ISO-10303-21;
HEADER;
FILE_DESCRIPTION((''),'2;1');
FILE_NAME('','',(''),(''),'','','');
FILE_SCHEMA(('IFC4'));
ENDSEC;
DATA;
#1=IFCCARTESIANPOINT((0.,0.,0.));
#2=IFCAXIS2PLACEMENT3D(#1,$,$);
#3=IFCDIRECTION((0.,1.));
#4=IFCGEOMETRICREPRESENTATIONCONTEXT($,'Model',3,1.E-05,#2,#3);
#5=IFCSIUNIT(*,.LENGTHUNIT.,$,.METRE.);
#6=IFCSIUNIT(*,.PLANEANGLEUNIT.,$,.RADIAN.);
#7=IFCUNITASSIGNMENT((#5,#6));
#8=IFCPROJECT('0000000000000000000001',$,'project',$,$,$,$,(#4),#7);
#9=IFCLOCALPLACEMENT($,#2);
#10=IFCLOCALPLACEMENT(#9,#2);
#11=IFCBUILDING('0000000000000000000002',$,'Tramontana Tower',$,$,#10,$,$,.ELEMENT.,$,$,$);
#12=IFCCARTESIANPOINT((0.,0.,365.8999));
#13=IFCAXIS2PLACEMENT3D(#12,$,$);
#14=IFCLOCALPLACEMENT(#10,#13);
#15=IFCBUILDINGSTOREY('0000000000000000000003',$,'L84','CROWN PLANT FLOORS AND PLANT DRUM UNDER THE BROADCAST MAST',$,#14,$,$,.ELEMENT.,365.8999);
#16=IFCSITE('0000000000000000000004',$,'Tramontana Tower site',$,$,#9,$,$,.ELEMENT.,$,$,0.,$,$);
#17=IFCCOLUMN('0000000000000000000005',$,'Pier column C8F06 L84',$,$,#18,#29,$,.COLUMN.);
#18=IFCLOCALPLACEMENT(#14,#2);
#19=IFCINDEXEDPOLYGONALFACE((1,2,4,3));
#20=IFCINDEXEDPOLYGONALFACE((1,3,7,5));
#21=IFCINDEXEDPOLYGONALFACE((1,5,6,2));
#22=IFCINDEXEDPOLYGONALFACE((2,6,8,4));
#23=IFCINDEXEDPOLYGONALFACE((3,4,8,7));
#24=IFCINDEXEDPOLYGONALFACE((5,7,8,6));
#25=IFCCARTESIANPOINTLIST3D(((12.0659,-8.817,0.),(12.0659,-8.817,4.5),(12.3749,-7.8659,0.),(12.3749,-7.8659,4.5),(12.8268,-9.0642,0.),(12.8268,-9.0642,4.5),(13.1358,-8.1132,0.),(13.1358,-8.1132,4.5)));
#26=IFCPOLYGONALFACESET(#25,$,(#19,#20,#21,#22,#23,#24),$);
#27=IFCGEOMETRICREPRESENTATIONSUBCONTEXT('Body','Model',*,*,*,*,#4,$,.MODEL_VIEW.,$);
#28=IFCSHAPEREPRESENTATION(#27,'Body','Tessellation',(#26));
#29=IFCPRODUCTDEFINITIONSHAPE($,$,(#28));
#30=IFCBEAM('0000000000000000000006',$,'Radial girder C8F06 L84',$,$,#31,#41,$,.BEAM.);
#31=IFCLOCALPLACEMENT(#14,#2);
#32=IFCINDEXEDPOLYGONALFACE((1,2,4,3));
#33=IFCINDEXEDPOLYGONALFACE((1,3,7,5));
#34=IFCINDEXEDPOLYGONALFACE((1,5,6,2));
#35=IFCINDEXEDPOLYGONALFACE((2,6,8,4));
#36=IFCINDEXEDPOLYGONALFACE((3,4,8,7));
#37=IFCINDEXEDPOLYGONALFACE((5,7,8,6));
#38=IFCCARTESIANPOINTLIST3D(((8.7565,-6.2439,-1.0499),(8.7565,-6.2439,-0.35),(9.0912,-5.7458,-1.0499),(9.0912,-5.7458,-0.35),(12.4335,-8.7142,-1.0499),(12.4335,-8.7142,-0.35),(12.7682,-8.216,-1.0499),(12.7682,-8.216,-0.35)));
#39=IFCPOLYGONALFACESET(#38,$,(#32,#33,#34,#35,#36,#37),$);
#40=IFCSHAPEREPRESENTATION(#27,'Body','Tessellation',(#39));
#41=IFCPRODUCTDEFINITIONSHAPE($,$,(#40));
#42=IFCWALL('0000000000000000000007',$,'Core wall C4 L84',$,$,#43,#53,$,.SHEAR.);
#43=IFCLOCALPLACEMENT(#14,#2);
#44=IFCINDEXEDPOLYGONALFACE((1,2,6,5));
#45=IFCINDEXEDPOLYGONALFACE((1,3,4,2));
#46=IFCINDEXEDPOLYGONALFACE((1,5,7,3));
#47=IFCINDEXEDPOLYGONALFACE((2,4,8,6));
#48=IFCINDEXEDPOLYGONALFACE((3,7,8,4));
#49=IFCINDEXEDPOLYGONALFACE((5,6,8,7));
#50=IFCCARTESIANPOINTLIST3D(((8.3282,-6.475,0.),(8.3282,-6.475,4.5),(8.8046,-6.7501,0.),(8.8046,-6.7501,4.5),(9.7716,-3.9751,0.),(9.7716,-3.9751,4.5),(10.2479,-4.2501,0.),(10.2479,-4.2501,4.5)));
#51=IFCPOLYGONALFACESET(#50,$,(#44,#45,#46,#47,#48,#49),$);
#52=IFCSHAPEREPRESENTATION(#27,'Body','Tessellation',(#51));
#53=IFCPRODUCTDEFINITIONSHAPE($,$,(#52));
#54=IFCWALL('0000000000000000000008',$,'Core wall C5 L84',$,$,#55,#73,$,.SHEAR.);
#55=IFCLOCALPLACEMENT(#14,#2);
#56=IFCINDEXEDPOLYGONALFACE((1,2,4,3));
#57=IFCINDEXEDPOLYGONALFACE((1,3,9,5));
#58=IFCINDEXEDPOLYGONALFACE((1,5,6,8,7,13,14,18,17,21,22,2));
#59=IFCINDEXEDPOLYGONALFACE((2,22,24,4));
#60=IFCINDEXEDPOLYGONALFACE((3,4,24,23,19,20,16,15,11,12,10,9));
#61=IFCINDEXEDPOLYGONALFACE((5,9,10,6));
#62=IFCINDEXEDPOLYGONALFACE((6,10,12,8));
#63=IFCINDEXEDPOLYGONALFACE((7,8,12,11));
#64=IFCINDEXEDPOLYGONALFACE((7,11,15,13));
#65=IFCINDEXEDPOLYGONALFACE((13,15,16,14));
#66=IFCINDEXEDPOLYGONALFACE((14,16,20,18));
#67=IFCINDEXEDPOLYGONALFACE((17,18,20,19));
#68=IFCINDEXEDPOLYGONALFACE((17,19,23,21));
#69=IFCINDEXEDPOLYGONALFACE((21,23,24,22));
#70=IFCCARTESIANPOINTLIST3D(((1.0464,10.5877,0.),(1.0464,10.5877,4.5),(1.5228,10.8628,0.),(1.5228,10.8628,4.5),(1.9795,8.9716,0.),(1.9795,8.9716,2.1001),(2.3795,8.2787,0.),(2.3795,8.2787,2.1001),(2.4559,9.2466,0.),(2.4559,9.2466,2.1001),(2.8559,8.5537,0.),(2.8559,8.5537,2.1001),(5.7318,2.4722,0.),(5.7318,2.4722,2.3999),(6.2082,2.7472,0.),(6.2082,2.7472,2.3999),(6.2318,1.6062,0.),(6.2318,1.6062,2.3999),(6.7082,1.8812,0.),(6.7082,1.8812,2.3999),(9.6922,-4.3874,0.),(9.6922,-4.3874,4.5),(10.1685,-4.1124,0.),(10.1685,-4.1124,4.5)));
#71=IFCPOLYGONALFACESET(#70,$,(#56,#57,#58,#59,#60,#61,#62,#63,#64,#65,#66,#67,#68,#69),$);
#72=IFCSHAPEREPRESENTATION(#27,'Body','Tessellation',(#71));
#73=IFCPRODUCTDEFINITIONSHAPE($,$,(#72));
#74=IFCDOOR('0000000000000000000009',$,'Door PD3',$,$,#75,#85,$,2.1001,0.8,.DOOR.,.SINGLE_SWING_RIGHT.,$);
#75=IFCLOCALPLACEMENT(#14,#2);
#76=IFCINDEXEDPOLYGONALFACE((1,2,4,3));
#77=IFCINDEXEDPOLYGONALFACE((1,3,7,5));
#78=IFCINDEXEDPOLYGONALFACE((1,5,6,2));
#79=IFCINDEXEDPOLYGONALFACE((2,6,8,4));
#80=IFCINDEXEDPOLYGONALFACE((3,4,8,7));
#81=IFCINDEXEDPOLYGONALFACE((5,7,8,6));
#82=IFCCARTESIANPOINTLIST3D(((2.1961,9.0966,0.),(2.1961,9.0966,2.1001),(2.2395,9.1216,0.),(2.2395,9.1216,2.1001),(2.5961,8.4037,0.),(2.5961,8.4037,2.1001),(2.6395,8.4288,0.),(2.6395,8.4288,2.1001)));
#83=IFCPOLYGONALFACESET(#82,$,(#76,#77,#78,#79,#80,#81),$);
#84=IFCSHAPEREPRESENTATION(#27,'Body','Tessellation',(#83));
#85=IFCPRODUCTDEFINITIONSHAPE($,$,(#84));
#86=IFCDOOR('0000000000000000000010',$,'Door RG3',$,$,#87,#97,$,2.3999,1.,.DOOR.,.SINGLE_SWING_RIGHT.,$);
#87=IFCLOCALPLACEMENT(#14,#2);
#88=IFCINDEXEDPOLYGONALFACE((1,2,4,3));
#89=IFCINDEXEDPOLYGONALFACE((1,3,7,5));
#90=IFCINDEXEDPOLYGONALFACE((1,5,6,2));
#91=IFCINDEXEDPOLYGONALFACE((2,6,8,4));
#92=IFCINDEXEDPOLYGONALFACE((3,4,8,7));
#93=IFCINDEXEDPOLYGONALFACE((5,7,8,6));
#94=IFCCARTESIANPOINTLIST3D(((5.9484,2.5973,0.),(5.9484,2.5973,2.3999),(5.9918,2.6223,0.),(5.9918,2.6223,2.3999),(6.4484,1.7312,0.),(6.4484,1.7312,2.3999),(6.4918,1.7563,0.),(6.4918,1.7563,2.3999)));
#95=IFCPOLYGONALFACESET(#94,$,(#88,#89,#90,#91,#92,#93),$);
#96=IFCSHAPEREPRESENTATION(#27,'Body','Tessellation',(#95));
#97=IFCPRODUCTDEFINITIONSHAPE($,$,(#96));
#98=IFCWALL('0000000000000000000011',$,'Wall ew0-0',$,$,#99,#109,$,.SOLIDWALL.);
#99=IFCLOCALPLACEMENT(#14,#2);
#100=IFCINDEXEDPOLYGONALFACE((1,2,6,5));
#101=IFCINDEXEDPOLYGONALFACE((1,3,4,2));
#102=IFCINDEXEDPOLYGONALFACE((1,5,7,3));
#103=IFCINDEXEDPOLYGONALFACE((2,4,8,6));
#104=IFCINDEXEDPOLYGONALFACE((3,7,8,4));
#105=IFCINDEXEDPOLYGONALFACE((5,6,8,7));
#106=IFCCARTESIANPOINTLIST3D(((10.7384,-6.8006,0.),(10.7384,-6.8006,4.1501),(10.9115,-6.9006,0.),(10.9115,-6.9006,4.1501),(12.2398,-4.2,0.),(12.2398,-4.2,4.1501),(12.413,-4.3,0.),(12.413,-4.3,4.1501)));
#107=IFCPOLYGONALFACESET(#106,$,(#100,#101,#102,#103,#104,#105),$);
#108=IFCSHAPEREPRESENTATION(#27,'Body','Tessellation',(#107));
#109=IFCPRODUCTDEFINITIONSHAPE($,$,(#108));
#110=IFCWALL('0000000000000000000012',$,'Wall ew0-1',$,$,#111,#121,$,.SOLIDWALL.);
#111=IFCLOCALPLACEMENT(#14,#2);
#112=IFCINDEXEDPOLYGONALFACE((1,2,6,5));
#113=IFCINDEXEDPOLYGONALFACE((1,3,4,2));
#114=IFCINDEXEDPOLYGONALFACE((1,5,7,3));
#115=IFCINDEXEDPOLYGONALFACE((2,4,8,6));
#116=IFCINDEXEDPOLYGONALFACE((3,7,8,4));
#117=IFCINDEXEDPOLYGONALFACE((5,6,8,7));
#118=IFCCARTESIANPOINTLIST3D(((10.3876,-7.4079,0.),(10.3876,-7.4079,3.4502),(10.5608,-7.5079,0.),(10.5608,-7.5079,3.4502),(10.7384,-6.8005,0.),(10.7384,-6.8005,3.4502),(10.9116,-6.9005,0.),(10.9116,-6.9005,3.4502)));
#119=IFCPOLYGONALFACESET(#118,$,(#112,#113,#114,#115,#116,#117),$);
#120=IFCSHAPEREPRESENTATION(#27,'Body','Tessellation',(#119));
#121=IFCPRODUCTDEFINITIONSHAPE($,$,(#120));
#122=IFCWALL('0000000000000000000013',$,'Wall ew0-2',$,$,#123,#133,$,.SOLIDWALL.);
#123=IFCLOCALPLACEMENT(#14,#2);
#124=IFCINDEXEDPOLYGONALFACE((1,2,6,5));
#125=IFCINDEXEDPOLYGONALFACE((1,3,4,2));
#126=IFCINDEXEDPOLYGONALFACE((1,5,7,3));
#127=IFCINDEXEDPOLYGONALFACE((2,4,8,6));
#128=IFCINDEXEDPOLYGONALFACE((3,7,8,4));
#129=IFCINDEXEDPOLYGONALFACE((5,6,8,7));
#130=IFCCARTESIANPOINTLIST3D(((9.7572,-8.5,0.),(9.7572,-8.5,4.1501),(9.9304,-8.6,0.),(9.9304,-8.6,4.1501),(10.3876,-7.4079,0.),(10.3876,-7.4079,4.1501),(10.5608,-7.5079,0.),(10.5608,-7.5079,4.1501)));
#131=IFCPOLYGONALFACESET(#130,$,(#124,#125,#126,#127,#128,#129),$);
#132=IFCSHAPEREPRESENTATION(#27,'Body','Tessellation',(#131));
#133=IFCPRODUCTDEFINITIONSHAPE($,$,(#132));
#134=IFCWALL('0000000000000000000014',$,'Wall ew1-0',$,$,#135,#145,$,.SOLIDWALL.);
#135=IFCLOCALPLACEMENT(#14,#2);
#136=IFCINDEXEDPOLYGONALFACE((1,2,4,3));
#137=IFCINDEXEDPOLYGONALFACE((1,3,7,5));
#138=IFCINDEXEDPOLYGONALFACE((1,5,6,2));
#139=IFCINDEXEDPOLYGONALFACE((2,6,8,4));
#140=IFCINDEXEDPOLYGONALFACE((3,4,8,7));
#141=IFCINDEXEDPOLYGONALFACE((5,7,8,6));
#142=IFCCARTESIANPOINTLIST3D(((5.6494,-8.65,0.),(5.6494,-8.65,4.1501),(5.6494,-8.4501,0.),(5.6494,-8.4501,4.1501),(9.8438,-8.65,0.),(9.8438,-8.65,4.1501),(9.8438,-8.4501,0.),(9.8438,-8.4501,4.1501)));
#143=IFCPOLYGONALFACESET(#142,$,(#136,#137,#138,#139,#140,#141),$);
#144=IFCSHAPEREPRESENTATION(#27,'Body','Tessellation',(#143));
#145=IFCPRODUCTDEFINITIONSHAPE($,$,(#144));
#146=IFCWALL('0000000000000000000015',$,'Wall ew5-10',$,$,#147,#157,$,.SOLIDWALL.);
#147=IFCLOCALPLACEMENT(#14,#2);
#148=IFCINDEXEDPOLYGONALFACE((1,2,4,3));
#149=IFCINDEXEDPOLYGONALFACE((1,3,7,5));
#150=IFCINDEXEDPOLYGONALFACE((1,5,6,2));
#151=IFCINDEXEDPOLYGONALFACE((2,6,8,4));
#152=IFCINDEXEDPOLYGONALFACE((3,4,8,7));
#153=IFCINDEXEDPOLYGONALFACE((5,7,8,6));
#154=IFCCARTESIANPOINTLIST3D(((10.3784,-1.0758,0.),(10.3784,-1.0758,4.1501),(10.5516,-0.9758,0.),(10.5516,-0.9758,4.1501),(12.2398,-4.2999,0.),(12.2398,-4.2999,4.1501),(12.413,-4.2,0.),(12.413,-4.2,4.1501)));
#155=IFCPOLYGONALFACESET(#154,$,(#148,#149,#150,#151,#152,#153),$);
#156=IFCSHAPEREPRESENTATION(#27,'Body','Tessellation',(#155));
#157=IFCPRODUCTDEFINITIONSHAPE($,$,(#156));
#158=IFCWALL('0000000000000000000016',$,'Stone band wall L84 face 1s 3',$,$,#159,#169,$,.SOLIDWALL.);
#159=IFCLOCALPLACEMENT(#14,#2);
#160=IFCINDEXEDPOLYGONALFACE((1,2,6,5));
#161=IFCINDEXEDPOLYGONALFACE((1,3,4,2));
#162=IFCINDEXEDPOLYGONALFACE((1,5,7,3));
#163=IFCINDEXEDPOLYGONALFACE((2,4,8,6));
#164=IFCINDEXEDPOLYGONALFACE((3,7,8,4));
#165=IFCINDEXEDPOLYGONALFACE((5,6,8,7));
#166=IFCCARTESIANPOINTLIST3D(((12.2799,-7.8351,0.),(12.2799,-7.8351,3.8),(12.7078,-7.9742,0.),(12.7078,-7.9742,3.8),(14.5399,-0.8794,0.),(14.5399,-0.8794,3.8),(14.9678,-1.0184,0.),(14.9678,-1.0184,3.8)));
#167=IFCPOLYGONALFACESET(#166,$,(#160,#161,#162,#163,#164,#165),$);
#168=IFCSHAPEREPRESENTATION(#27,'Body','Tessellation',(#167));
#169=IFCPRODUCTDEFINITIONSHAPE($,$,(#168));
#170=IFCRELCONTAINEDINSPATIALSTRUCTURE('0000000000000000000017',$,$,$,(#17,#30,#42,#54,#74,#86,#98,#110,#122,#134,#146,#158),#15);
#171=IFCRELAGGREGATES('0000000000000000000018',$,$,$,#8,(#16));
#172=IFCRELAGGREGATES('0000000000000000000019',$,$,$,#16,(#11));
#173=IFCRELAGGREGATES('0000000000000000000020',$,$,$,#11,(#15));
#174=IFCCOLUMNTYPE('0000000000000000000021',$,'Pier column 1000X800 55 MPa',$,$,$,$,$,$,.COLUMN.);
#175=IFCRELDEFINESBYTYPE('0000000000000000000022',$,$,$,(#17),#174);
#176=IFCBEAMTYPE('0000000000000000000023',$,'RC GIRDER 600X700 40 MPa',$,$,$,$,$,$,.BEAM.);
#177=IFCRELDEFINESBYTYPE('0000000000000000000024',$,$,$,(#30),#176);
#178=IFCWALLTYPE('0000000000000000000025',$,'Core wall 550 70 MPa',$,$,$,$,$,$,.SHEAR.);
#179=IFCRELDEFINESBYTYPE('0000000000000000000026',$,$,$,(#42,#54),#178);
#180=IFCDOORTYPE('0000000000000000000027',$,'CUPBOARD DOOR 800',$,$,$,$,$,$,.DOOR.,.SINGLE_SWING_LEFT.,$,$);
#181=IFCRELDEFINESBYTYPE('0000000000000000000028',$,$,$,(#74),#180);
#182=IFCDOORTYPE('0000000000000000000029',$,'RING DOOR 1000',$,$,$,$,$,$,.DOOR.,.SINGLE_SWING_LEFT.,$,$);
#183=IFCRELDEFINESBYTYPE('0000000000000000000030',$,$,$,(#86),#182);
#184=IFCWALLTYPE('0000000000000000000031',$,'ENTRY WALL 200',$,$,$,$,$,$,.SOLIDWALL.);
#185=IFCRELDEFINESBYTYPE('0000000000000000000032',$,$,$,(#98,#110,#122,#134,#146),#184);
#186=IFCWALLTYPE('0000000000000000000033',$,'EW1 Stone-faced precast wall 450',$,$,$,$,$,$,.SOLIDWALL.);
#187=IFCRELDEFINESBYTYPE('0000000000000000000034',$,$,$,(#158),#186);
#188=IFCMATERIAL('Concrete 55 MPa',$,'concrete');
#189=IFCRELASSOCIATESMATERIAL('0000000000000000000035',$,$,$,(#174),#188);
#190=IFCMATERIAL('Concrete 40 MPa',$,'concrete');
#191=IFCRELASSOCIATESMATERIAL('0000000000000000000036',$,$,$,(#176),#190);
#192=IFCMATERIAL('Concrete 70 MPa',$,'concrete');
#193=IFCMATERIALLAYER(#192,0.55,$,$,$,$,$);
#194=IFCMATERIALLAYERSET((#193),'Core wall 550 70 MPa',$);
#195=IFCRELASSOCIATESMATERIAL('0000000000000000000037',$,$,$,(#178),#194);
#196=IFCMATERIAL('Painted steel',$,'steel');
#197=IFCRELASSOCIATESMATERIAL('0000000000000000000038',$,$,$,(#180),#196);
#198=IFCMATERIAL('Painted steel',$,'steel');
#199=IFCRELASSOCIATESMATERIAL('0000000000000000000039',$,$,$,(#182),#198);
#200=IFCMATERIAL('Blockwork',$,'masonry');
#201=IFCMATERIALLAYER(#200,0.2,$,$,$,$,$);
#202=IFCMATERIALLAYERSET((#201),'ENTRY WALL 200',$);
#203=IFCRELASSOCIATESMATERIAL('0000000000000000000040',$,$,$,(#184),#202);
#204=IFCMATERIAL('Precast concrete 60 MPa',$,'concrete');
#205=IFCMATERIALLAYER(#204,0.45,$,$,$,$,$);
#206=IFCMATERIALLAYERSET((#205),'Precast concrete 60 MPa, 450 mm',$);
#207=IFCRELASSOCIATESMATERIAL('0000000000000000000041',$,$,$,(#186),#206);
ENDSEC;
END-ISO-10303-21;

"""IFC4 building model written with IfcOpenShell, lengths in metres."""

from ifc_helpers import new_model, si_unit, direction, frame, frame_2d, origin, origin_2d, place, context, subcontext, project, spatial, rectangle, extrude, material, layer, layer_set, material_profile, profile_set, type_object, element, fill, save


model = new_model("IFC4")

# Units and contexts
model_context = context("Model", 3, precision=1e-05, world=origin(), true_north=direction((0.0, 1.0)))
body_context = subcontext(model_context, "Body", "Model", "MODEL_VIEW")
ifc_project = project(units=[si_unit("LENGTHUNIT", "METRE"), si_unit("PLANEANGLEUNIT", "RADIAN")], contexts=[model_context])

# Site, building, storey
site_placement = place(None, origin())
site = spatial("IfcSite", under=ifc_project, at=site_placement, Name="Tramontana Tower site", CompositionType="ELEMENT", RefElevation=0.0)
building_placement = place(site_placement, origin())
building = spatial("IfcBuilding", under=site, at=building_placement, Name="Tramontana Tower", CompositionType="ELEMENT")
storey_placement = place(building_placement, frame((0.0, 0.0, 365.8999)))
storey = spatial("IfcBuildingStorey", under=building, at=storey_placement, Name="L84", Description="CROWN PLANT FLOORS AND PLANT DRUM UNDER THE BROADCAST MAST", CompositionType="ELEMENT", Elevation=365.8999)

# Column
ifc_material_1 = material(Name="Concrete 55 MPa", Category="concrete")
ifc_material_profile_1 = material_profile(ifc_material_1, rectangle(XDim=1.0, YDim=0.8, at=origin_2d()), Name="Pier column 1000X800 55 MPa")
ifc_profile_set_1 = profile_set([ifc_material_profile_1], Name="Concrete 55 MPa")
column_type = type_object("IfcColumnType", Name="Pier column 1000X800 55 MPa", PredefinedType="COLUMN", material=ifc_profile_set_1)
column_placement = place(storey_placement, frame((12.6008, -8.4651, 0.0), z_axis=(0.0, 0.0, 1.0), x_axis=(0.309017, 0.951057, 0.0)))
element("IfcColumn", 1, at=column_placement, inside=storey, type_object=column_type, Name="Pier column C8F06 L84", PredefinedType="COLUMN", context=body_context, shape_type="SweptSolid", body=[
    extrude(rectangle(XDim=1.0, YDim=0.8, at=origin_2d()), origin(), (0.0, 0.0, 1.0), 4.5),
])

# Beam
ifc_material_2 = material(Name="Concrete 40 MPa", Category="concrete")
ifc_material_profile_2 = material_profile(ifc_material_2, rectangle(XDim=0.6001, YDim=0.7, at=origin_2d()), Name="RC GIRDER 600X700 40 MPa")
ifc_profile_set_2 = profile_set([ifc_material_profile_2], Name="Concrete 40 MPa")
beam_type = type_object("IfcBeamType", Name="RC GIRDER 600X700 40 MPa", PredefinedType="BEAM", material=ifc_profile_set_2)
beam_placement = place(storey_placement, frame((12.6008, -8.4651, -0.7), z_axis=(-0.830078, 0.557647, 0.0), x_axis=(-0.557647, -0.830078, 0.0)))
element("IfcBeam", 2, at=beam_placement, inside=storey, type_object=beam_type, Name="Radial girder C8F06 L84", PredefinedType="BEAM", context=body_context, shape_type="SweptSolid", body=[
    extrude(rectangle(XDim=0.6001, YDim=0.7, at=origin_2d()), origin(), (0.0, 0.0, 1.0), 4.4297),
])

# Wall
ifc_material_3 = material(Name="Concrete 70 MPa", Category="concrete")
ifc_layer_1 = layer(ifc_material_3, 0.55)
ifc_layer_set_1 = layer_set([ifc_layer_1], Name="Core wall 550 70 MPa")
wall_type_1 = type_object("IfcWallType", Name="Core wall 550 70 MPa", PredefinedType="SHEAR", material=ifc_layer_set_1)
wall_1_placement = place(storey_placement, frame((8.5664, -6.6125, 0.0), z_axis=(0.0, 0.0, 1.0), x_axis=(0.499996, 0.866028, 0.0)))
element("IfcWall", 3, at=wall_1_placement, inside=storey, type_object=wall_type_1, Name="Core wall C4 L84", PredefinedType="SHEAR", context=body_context, shape_type="SweptSolid", body=[
    extrude(rectangle(XDim=2.8867, YDim=0.55, at=frame_2d((1.4434, 0.0))), origin(), (0.0, 0.0, 1.0), 4.5),
])

# Wall, openings, doors
wall_2_placement = place(storey_placement, frame((9.9304, -4.25, 0.0), z_axis=(0.0, 0.0, 1.0), x_axis=(-0.499995, 0.866029, 0.0)))
wall_2 = element("IfcWall", 4, at=wall_2_placement, inside=storey, type_object=wall_type_1, Name="Core wall C5 L84", PredefinedType="SHEAR", context=body_context, shape_type="SweptSolid", body=[
    extrude(rectangle(XDim=17.2917, YDim=0.55, at=frame_2d((8.646, 0.0))), origin(), (0.0, 0.0, 1.0), 4.5),
])
opening_1_placement = place(wall_2_placement, frame((6.9209, 0.0, 0.0)))
opening_1 = element("IfcOpeningElement", 5, at=opening_1_placement, cuts=wall_2, PredefinedType="OPENING", context=body_context, shape_type="SweptSolid", body=[
    extrude(rectangle(XDim=1.0, YDim=2.3999, at=frame_2d((0.5, 1.2))), frame((0.0, 0.2849, 0.0), z_axis=(0.0, -1.0, 0.0), x_axis=(1.0, 0.0, 0.0)), (0.0, 0.0, 1.0), 0.5701),
])
opening_2_placement = place(wall_2_placement, frame((14.6257, 0.0, 0.0)))
opening_2 = element("IfcOpeningElement", 6, at=opening_2_placement, cuts=wall_2, PredefinedType="OPENING", context=body_context, shape_type="SweptSolid", body=[
    extrude(rectangle(XDim=0.8, YDim=2.1001, at=frame_2d((0.3999, 1.05))), frame((0.0, 0.2849, 0.0), z_axis=(0.0, -1.0, 0.0), x_axis=(1.0, 0.0, 0.0)), (0.0, 0.0, 1.0), 0.5701),
])
ifc_material_4 = material(Name="Painted steel", Category="steel")
door_type_1 = type_object("IfcDoorType", Name="CUPBOARD DOOR 800", OperationType="SINGLE_SWING_LEFT", PredefinedType="DOOR", material=ifc_material_4)
door_1_placement = place(opening_2_placement, origin())
door_1 = element("IfcDoor", 7, at=door_1_placement, inside=storey, type_object=door_type_1, Name="Door PD3", OperationType="SINGLE_SWING_RIGHT", OverallHeight=2.1001, OverallWidth=0.8, PredefinedType="DOOR", context=body_context, shape_type="SweptSolid", body=[
    extrude(rectangle(XDim=0.8, YDim=2.1001, at=frame_2d((0.3999, 1.05))), frame((0.0, 0.0249, 0.0), z_axis=(0.0, -1.0, 0.0), x_axis=(1.0, 0.0, 0.0)), (0.0, 0.0, 1.0), 0.05),
])
fill(opening_2, door_1)
ifc_material_5 = material(Name="Painted steel", Category="steel")
door_type_2 = type_object("IfcDoorType", Name="RING DOOR 1000", OperationType="SINGLE_SWING_LEFT", PredefinedType="DOOR", material=ifc_material_5)
door_2_placement = place(opening_1_placement, origin())
door_2 = element("IfcDoor", 8, at=door_2_placement, inside=storey, type_object=door_type_2, Name="Door RG3", OperationType="SINGLE_SWING_RIGHT", OverallHeight=2.3999, OverallWidth=1.0, PredefinedType="DOOR", context=body_context, shape_type="SweptSolid", body=[
    extrude(rectangle(XDim=1.0, YDim=2.3999, at=frame_2d((0.5, 1.2))), frame((0.0, 0.0249, 0.0), z_axis=(0.0, -1.0, 0.0), x_axis=(1.0, 0.0, 0.0)), (0.0, 0.0, 1.0), 0.05),
])
fill(opening_1, door_2)

# Walls
ifc_material_6 = material(Name="Blockwork", Category="masonry")
ifc_layer_2 = layer(ifc_material_6, 0.2)
ifc_layer_set_2 = layer_set([ifc_layer_2], Name="ENTRY WALL 200")
wall_type_2 = type_object("IfcWallType", Name="ENTRY WALL 200", PredefinedType="SOLIDWALL", material=ifc_layer_set_2)
wall_3_placement = place(storey_placement, frame((12.3264, -4.25, 0.0), z_axis=(0.0, 0.0, 1.0), x_axis=(-0.500004, -0.866023, 0.0)))
element("IfcWall", 9, at=wall_3_placement, inside=storey, type_object=wall_type_2, Name="Wall ew0-0", PredefinedType="SOLIDWALL", context=body_context, shape_type="SweptSolid", body=[
    extrude(rectangle(XDim=3.0029, YDim=0.2, at=frame_2d((1.5015, 0.0))), origin(), (0.0, 0.0, 1.0), 4.1501),
])
wall_4_placement = place(storey_placement, frame((10.825, -6.8506, 0.0), z_axis=(0.0, 0.0, 1.0), x_axis=(-0.500144, -0.865942, 0.0)))
element("IfcWall", 10, at=wall_4_placement, inside=storey, type_object=wall_type_2, Name="Wall ew0-1", PredefinedType="SOLIDWALL", context=body_context, shape_type="SweptSolid", body=[
    extrude(rectangle(XDim=0.7014, YDim=0.2, at=frame_2d((0.3506, 0.0))), origin(), (0.0, 0.0, 1.0), 3.4502),
])
wall_5_placement = place(storey_placement, frame((10.4741, -7.458, 0.0), z_axis=(0.0, 0.0, 1.0), x_axis=(-0.499929, -0.866066, 0.0)))
element("IfcWall", 11, at=wall_5_placement, inside=storey, type_object=wall_type_2, Name="Wall ew0-2", PredefinedType="SOLIDWALL", context=body_context, shape_type="SweptSolid", body=[
    extrude(rectangle(XDim=1.261, YDim=0.2, at=frame_2d((0.6304, 0.0))), origin(), (0.0, 0.0, 1.0), 4.1501),
])
wall_6_placement = place(storey_placement, frame((9.8438, -8.55, 0.0), z_axis=(0.0, 0.0, 1.0), x_axis=(-1.0, 0.0, 0.0)))
element("IfcWall", 12, at=wall_6_placement, inside=storey, type_object=wall_type_2, Name="Wall ew1-0", PredefinedType="SOLIDWALL", context=body_context, shape_type="SweptSolid", body=[
    extrude(rectangle(XDim=4.1943, YDim=0.2, at=frame_2d((2.0972, 0.0))), origin(), (0.0, 0.0, 1.0), 4.1501),
])
wall_7_placement = place(storey_placement, frame((10.4651, -1.0259, 0.0), z_axis=(0.0, 0.0, 1.0), x_axis=(0.499976, -0.866039, 0.0)))
element("IfcWall", 13, at=wall_7_placement, inside=storey, type_object=wall_type_2, Name="Wall ew5-10", PredefinedType="SOLIDWALL", context=body_context, shape_type="SweptSolid", body=[
    extrude(rectangle(XDim=3.7229, YDim=0.2, at=frame_2d((1.8613, 0.0))), origin(), (0.0, 0.0, 1.0), 4.1501),
])
ifc_material_7 = material(Name="Precast concrete 60 MPa", Category="concrete")
ifc_layer_3 = layer(ifc_material_7, 0.45)
ifc_layer_set_3 = layer_set([ifc_layer_3], Name="Precast concrete 60 MPa, 450 mm")
wall_type_3 = type_object("IfcWallType", Name="EW1 Stone-faced precast wall 450", PredefinedType="SOLIDWALL", material=ifc_layer_set_3)
wall_8_placement = place(storey_placement, frame((12.4939, -7.9045, 0.0), z_axis=(0.0, 0.0, 1.0), x_axis=(0.309008, 0.951059, 0.0)))
element("IfcWall", 14, at=wall_8_placement, inside=storey, type_object=wall_type_3, Name="Stone band wall L84 face 1s 3", PredefinedType="SOLIDWALL", context=body_context, shape_type="SweptSolid", body=[
    extrude(rectangle(XDim=7.3137, YDim=0.45, at=frame_2d((3.6567, 0.0))), origin(), (0.0, 0.0, 1.0), 3.8),
])

save(model, "model.ifc")
